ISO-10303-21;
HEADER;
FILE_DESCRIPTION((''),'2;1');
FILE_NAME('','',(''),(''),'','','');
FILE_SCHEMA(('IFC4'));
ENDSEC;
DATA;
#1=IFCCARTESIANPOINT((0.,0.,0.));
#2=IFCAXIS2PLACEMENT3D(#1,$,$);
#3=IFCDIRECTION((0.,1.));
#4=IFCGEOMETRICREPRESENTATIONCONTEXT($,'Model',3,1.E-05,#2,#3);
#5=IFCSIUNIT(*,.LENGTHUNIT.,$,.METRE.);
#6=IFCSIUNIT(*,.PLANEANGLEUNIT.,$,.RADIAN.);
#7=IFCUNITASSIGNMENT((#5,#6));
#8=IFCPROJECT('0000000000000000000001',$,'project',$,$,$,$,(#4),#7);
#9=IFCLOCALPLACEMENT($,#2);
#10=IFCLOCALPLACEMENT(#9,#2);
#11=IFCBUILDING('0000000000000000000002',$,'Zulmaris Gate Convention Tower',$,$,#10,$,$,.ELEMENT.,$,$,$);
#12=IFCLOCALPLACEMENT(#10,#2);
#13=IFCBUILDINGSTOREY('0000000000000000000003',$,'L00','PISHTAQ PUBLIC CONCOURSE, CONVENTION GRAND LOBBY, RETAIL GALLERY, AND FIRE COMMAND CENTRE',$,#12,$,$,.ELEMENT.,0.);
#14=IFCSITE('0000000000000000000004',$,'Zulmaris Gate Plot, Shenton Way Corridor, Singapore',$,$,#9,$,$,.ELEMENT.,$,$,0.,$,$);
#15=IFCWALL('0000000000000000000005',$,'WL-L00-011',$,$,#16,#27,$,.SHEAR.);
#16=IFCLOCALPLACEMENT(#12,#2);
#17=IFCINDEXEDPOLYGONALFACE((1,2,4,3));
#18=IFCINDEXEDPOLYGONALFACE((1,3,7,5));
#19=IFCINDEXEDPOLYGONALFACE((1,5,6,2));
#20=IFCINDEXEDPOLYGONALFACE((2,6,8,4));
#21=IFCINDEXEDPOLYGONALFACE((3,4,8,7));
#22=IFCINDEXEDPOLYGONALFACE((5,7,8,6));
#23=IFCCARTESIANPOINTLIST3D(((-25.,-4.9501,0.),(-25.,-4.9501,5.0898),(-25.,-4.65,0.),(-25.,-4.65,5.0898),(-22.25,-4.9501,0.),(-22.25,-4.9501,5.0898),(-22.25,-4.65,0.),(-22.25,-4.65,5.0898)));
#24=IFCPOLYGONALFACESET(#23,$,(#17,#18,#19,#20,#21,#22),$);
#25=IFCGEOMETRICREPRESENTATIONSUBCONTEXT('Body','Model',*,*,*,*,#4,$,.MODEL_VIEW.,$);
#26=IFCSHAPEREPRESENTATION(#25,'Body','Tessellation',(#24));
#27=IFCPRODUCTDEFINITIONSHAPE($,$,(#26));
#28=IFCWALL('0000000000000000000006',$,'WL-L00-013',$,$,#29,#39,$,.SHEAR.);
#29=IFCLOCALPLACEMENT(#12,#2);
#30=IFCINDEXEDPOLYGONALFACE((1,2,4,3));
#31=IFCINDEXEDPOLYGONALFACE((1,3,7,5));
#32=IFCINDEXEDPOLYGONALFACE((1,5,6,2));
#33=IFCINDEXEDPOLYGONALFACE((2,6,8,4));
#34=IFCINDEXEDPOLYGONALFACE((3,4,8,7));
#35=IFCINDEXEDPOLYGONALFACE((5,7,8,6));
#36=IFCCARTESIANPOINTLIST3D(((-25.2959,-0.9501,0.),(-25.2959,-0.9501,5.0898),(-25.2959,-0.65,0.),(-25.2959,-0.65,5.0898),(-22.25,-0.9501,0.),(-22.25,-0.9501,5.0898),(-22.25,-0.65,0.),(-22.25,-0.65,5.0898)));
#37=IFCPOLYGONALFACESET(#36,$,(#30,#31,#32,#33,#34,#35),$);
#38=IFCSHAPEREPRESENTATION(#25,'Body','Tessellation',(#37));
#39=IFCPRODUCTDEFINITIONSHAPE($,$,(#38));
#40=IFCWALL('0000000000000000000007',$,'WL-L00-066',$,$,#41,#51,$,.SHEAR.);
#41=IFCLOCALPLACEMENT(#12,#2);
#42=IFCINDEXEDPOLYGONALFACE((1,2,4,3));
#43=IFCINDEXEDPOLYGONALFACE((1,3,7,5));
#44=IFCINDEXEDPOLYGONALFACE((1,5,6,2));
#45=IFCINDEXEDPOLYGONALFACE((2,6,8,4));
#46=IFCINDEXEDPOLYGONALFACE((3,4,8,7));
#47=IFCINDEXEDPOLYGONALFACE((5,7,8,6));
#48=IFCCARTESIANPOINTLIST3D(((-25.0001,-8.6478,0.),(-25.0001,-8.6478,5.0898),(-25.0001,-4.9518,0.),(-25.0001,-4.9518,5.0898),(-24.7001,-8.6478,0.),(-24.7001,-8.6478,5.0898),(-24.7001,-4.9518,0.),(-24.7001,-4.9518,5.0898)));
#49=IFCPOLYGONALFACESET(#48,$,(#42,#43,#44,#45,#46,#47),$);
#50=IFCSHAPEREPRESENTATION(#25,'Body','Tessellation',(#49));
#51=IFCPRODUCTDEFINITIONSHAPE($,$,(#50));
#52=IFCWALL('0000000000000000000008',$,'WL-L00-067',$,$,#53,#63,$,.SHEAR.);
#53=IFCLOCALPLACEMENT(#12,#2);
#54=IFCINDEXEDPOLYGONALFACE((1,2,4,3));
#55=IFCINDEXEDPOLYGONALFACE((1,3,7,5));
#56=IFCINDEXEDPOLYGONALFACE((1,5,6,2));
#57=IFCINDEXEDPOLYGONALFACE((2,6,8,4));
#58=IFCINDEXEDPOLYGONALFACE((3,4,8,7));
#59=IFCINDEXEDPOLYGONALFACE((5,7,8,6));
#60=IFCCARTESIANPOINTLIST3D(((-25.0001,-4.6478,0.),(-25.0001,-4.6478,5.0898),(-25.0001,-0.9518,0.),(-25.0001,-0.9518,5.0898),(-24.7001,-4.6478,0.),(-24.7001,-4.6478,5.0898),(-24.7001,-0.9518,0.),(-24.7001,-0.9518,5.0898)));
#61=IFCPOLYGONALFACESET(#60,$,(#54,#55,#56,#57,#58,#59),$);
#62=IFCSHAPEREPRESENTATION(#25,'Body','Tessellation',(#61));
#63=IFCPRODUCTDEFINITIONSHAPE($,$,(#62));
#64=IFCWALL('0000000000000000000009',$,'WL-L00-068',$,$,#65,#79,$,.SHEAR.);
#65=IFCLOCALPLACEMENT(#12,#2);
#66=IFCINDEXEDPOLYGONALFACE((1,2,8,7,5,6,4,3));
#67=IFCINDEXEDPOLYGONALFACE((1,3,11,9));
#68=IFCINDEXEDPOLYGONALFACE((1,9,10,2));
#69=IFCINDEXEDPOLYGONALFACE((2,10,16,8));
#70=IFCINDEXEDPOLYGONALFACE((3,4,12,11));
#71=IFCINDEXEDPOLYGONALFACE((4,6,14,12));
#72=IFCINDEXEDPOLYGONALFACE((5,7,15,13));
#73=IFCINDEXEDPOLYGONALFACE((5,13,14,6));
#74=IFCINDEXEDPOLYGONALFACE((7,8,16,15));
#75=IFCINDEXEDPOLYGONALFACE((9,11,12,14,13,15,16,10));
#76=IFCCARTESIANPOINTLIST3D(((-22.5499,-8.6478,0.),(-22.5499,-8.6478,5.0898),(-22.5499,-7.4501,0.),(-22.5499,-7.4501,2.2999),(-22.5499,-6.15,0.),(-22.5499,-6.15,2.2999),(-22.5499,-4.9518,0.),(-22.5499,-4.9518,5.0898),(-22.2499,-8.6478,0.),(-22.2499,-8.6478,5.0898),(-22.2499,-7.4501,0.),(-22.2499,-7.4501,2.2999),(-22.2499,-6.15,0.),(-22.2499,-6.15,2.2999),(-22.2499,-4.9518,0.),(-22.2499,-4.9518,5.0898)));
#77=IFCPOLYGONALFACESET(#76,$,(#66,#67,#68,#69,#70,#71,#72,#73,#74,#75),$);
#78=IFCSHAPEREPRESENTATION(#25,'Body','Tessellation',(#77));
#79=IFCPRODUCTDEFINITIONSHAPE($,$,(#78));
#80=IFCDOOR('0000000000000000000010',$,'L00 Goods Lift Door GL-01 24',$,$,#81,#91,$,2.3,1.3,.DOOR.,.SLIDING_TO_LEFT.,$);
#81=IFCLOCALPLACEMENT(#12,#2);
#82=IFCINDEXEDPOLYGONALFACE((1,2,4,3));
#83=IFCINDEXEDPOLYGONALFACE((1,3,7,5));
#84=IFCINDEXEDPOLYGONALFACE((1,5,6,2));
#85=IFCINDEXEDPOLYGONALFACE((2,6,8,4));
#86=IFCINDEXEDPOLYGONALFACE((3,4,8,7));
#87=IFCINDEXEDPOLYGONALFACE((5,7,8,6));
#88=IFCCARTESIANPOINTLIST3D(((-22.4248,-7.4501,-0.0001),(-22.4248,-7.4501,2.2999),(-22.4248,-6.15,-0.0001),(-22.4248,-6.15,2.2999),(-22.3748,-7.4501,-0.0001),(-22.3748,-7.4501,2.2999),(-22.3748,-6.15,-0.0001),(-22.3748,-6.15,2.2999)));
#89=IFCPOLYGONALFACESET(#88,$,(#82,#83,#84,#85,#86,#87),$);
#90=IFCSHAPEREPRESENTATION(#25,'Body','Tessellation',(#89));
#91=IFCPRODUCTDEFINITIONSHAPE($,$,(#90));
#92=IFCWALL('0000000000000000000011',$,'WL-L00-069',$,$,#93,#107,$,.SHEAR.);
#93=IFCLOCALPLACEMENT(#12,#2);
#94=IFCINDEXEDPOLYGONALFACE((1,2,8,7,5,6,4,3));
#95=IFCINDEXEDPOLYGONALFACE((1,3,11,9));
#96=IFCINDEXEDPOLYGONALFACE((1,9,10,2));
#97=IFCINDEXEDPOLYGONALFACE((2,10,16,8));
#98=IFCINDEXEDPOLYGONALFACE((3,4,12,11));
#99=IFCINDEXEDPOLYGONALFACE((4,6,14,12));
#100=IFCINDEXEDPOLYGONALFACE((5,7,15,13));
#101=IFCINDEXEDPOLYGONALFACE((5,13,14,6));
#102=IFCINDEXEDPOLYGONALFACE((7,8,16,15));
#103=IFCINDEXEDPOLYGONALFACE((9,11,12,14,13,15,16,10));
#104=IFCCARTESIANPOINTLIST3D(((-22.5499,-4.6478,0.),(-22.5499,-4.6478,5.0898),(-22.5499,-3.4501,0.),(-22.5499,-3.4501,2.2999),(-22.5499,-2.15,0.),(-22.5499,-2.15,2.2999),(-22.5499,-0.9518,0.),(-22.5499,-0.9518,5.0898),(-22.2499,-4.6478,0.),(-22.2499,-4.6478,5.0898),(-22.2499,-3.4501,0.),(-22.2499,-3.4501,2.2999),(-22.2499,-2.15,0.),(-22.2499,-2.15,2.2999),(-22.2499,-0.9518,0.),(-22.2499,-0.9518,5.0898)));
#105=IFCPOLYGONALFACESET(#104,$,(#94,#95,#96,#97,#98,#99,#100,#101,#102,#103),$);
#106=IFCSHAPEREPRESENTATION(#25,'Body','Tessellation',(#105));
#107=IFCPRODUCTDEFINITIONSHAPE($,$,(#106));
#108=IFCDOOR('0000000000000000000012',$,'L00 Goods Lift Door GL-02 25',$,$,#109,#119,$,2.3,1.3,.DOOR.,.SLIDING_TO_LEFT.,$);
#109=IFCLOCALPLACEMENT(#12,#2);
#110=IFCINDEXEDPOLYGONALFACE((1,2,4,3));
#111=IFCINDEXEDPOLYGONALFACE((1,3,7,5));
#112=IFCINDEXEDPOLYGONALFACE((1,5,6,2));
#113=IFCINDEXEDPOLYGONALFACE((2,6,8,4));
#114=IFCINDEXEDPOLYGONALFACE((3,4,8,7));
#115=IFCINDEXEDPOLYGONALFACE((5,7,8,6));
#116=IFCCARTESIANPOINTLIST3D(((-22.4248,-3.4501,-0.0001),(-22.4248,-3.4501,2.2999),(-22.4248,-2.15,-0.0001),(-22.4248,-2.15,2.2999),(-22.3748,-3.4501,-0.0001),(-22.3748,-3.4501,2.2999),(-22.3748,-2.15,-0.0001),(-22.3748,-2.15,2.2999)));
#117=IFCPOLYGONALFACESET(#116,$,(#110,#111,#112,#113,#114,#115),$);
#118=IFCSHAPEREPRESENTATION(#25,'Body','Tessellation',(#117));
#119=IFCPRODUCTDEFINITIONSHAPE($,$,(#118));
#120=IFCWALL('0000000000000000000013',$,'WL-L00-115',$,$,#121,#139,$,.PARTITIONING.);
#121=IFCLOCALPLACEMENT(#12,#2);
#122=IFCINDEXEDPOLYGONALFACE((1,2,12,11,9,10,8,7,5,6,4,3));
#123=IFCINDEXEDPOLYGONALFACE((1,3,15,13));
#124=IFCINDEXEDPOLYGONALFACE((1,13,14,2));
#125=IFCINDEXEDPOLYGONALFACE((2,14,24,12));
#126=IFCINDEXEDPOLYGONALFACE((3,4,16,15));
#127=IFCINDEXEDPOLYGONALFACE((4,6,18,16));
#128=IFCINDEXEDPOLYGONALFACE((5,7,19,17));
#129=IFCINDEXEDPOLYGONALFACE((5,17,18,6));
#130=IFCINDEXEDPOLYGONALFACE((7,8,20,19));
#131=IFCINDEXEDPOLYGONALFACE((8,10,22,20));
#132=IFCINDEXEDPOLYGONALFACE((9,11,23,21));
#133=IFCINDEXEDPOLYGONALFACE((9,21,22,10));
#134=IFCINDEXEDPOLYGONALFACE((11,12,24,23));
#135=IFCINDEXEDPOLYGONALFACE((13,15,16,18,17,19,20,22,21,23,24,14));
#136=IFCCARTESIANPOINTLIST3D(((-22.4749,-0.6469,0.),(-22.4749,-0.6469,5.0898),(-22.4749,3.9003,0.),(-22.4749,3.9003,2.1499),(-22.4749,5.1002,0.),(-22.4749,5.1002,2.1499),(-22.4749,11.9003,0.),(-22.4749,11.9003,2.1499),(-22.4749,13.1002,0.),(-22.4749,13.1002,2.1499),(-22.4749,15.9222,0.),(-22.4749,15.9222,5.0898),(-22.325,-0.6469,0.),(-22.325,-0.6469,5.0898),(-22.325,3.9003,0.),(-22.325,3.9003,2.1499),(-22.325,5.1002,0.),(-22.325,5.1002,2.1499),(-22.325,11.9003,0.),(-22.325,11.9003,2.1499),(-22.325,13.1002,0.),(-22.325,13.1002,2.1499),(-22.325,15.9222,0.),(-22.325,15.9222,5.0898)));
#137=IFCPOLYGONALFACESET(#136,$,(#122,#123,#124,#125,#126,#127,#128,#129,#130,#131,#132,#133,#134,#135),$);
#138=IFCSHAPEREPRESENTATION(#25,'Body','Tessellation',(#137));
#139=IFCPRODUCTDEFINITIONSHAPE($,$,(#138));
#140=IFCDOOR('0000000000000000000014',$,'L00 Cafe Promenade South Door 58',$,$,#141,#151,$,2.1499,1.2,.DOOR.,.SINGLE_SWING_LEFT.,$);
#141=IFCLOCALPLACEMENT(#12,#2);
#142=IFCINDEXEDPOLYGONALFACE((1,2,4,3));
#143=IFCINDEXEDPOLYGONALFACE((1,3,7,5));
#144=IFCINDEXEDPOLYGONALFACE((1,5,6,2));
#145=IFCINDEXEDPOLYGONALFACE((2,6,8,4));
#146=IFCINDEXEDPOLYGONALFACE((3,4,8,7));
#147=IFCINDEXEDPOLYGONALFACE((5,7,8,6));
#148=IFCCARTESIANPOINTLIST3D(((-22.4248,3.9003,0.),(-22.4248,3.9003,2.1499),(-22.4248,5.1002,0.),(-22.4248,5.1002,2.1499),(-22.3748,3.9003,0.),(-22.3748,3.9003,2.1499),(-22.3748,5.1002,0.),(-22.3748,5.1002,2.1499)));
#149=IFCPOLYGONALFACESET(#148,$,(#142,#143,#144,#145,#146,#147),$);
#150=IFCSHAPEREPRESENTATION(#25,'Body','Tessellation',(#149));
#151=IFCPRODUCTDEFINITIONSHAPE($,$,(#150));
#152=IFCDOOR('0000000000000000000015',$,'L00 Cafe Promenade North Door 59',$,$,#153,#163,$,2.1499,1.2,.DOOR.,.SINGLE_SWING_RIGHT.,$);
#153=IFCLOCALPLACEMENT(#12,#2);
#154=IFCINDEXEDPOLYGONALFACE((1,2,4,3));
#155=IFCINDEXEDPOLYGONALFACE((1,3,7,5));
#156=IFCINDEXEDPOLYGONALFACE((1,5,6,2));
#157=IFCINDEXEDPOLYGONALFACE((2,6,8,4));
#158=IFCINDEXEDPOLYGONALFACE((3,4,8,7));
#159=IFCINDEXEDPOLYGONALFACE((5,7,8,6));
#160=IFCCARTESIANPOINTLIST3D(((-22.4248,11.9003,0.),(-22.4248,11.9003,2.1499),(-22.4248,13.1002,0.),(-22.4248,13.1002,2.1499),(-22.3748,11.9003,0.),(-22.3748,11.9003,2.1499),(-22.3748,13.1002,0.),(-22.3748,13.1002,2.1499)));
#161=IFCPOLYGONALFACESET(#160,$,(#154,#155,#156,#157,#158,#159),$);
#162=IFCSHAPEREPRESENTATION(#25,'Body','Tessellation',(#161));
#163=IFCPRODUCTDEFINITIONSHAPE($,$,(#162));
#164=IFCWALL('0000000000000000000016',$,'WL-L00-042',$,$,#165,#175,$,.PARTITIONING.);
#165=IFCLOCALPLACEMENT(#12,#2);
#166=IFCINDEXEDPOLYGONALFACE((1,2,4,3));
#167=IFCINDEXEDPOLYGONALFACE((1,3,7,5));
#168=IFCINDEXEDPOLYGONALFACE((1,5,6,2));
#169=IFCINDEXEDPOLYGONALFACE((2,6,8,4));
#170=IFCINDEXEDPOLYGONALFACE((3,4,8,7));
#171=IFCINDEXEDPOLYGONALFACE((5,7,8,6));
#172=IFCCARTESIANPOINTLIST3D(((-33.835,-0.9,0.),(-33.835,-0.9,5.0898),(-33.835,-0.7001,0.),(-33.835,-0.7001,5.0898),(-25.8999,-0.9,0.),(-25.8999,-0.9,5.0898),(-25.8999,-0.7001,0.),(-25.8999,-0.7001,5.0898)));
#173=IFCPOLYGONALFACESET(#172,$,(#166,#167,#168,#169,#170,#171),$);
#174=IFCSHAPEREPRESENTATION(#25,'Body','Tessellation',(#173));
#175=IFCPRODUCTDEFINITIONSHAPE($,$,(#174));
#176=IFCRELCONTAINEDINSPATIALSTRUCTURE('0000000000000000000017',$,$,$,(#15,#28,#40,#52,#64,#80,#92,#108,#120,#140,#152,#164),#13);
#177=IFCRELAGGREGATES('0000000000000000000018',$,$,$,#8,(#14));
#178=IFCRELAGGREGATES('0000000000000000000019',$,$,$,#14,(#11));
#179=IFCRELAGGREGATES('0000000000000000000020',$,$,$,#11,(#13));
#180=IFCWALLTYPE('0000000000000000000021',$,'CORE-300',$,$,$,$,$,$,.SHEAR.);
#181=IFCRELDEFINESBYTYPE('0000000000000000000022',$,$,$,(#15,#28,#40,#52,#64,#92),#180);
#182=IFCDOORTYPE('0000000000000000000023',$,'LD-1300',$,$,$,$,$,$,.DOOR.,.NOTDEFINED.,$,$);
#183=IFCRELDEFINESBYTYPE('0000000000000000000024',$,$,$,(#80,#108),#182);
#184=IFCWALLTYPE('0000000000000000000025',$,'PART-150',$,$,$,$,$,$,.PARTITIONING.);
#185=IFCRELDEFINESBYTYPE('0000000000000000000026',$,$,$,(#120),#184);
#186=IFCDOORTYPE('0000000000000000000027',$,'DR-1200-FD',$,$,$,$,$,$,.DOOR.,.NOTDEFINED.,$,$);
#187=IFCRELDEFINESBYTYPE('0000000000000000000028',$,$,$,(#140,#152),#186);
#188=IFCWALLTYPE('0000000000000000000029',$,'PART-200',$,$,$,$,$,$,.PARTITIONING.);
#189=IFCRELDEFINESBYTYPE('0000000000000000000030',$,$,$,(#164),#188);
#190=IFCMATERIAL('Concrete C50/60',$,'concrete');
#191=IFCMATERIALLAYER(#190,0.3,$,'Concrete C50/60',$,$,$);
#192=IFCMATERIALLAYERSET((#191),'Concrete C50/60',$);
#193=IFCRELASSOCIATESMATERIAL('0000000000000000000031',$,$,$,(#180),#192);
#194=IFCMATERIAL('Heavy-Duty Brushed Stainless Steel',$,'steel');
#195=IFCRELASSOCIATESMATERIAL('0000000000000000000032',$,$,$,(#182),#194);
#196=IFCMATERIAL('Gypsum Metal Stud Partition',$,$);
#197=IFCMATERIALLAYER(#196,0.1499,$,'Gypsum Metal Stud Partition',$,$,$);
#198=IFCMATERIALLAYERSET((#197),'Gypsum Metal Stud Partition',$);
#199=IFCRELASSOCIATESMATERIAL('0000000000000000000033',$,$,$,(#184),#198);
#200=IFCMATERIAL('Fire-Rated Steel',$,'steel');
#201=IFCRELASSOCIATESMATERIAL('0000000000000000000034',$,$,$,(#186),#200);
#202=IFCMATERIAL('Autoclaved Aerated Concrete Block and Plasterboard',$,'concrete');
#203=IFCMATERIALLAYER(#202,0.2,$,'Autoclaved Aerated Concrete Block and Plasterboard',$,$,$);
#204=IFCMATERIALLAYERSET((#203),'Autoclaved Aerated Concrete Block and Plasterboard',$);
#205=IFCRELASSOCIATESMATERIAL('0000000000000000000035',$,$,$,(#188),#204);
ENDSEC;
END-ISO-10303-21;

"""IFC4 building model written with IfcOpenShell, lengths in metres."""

from ifc_helpers import new_model, si_unit, direction, frame, frame_2d, origin, place, context, subcontext, project, spatial, rectangle, extrude, material, layer, layer_set, type_object, element, fill, save


model = new_model("IFC4")

# Units and contexts
model_context = context("Model", 3, precision=1e-05, world=origin(), true_north=direction((0.0, 1.0)))
body_context = subcontext(model_context, "Body", "Model", "MODEL_VIEW")
ifc_project = project(units=[si_unit("LENGTHUNIT", "METRE"), si_unit("PLANEANGLEUNIT", "RADIAN")], contexts=[model_context])

# Site, building, storey
site_placement = place(None, origin())
site = spatial("IfcSite", under=ifc_project, at=site_placement, Name="Zulmaris Gate Plot, Shenton Way Corridor, Singapore", CompositionType="ELEMENT", RefElevation=0.0)
building_placement = place(site_placement, origin())
building = spatial("IfcBuilding", under=site, at=building_placement, Name="Zulmaris Gate Convention Tower", CompositionType="ELEMENT")
storey_placement = place(building_placement, origin())
storey = spatial("IfcBuildingStorey", under=building, at=storey_placement, Name="L00", Description="PISHTAQ PUBLIC CONCOURSE, CONVENTION GRAND LOBBY, RETAIL GALLERY, AND FIRE COMMAND CENTRE", CompositionType="ELEMENT", Elevation=0.0)

# Walls
ifc_material_1 = material(Name="Concrete C50/60", Category="concrete")
ifc_layer_1 = layer(ifc_material_1, 0.3, Name="Concrete C50/60")
ifc_layer_set_1 = layer_set([ifc_layer_1], Name="Concrete C50/60")
wall_type_1 = type_object("IfcWallType", Name="CORE-300", PredefinedType="SHEAR", material=ifc_layer_set_1)
wall_1_placement = place(storey_placement, frame((-25.0, -4.8, 0.0), z_axis=(0.0, 0.0, 1.0), x_axis=(1.0, 0.0, 0.0)))
element("IfcWall", 1, at=wall_1_placement, inside=storey, type_object=wall_type_1, Name="WL-L00-011", PredefinedType="SHEAR", context=body_context, shape_type="SweptSolid", body=[
    extrude(rectangle(XDim=2.75, YDim=0.3, at=frame_2d((1.375, 0.0))), origin(), (0.0, 0.0, 1.0), 5.0898),
])
wall_2_placement = place(storey_placement, frame((-25.2959, -0.8, 0.0), z_axis=(0.0, 0.0, 1.0), x_axis=(1.0, 0.0, 0.0)))
element("IfcWall", 2, at=wall_2_placement, inside=storey, type_object=wall_type_1, Name="WL-L00-013", PredefinedType="SHEAR", context=body_context, shape_type="SweptSolid", body=[
    extrude(rectangle(XDim=3.0459, YDim=0.3, at=frame_2d((1.5229, 0.0))), origin(), (0.0, 0.0, 1.0), 5.0898),
])
for number, where, z_axis, x_axis, name in (
    (3, (-24.8501, -8.6479, 0.0), (0.0, 0.0, 1.0), (0.0, 1.0, 0.0), "WL-L00-066"),
    (4, (-24.8501, -4.6479, 0.0), (0.0, 0.0, 1.0), (0.0, 1.0, 0.0), "WL-L00-067"),
):
    element("IfcWall", number, at=place(storey_placement, frame(where, z_axis=z_axis, x_axis=x_axis)), inside=storey, type_object=wall_type_1, Name=name, PredefinedType="SHEAR", context=body_context, shape_type="SweptSolid", body=[
        extrude(rectangle(XDim=3.696, YDim=0.3, at=frame_2d((1.8481, 0.0))), origin(), (0.0, 0.0, 1.0), 5.0898),
    ])

# Walls, openings, doors
wall_3_placement = place(storey_placement, frame((-22.3999, -8.6479, 0.0), z_axis=(0.0, 0.0, 1.0), x_axis=(0.0, 1.0, 0.0)))
wall_3 = element("IfcWall", 5, at=wall_3_placement, inside=storey, type_object=wall_type_1, Name="WL-L00-068", PredefinedType="SHEAR", context=body_context, shape_type="SweptSolid", body=[
    extrude(rectangle(XDim=3.696, YDim=0.3, at=frame_2d((1.8481, 0.0))), origin(), (0.0, 0.0, 1.0), 5.0898),
])
opening_1_placement = place(wall_3_placement, frame((1.198, 0.0, 0.0)))
opening_1 = element("IfcOpeningElement", 6, at=opening_1_placement, cuts=wall_3, PredefinedType="OPENING", context=body_context, shape_type="SweptSolid", body=[
    extrude(rectangle(XDim=1.3, YDim=2.3, at=frame_2d((0.6499, 1.1499))), frame((0.0, 0.1602, 0.0), z_axis=(0.0, -1.0, 0.0), x_axis=(1.0, 0.0, 0.0)), (0.0, 0.0, 1.0), 0.3201),
])
ifc_material_2 = material(Name="Heavy-Duty Brushed Stainless Steel", Category="steel")
door_type_1 = type_object("IfcDoorType", Name="LD-1300", OperationType="NOTDEFINED", PredefinedType="DOOR", material=ifc_material_2)
door_1_placement = place(opening_1_placement, origin())
door_1 = element("IfcDoor", 7, at=door_1_placement, inside=storey, type_object=door_type_1, Name="L00 Goods Lift Door GL-01 24", OperationType="SLIDING_TO_LEFT", OverallHeight=2.3, OverallWidth=1.3, PredefinedType="DOOR", context=body_context, shape_type="SweptSolid", body=[
    extrude(rectangle(XDim=1.3, YDim=2.3, at=frame_2d((0.6499, 1.1499))), frame((0.0, 0.0249, 0.0), z_axis=(0.0, -1.0, 0.0), x_axis=(1.0, 0.0, 0.0)), (0.0, 0.0, 1.0), 0.05),
])
fill(opening_1, door_1)
wall_4_placement = place(storey_placement, frame((-22.3999, -4.6479, 0.0), z_axis=(0.0, 0.0, 1.0), x_axis=(0.0, 1.0, 0.0)))
wall_4 = element("IfcWall", 8, at=wall_4_placement, inside=storey, type_object=wall_type_1, Name="WL-L00-069", PredefinedType="SHEAR", context=body_context, shape_type="SweptSolid", body=[
    extrude(rectangle(XDim=3.696, YDim=0.3, at=frame_2d((1.8481, 0.0))), origin(), (0.0, 0.0, 1.0), 5.0898),
])
opening_2_placement = place(wall_4_placement, frame((1.198, 0.0, 0.0)))
opening_2 = element("IfcOpeningElement", 9, at=opening_2_placement, cuts=wall_4, PredefinedType="OPENING", context=body_context, shape_type="SweptSolid", body=[
    extrude(rectangle(XDim=1.3, YDim=2.3, at=frame_2d((0.6499, 1.1499))), frame((0.0, 0.1602, 0.0), z_axis=(0.0, -1.0, 0.0), x_axis=(1.0, 0.0, 0.0)), (0.0, 0.0, 1.0), 0.3201),
])
door_2_placement = place(opening_2_placement, origin())
door_2 = element("IfcDoor", 10, at=door_2_placement, inside=storey, type_object=door_type_1, Name="L00 Goods Lift Door GL-02 25", OperationType="SLIDING_TO_LEFT", OverallHeight=2.3, OverallWidth=1.3, PredefinedType="DOOR", context=body_context, shape_type="SweptSolid", body=[
    extrude(rectangle(XDim=1.3, YDim=2.3, at=frame_2d((0.6499, 1.1499))), frame((0.0, 0.0249, 0.0), z_axis=(0.0, -1.0, 0.0), x_axis=(1.0, 0.0, 0.0)), (0.0, 0.0, 1.0), 0.05),
])
fill(opening_2, door_2)

# Wall, openings, doors
ifc_material_3 = material(Name="Gypsum Metal Stud Partition")
ifc_layer_2 = layer(ifc_material_3, 0.1499, Name="Gypsum Metal Stud Partition")
ifc_layer_set_2 = layer_set([ifc_layer_2], Name="Gypsum Metal Stud Partition")
wall_type_2 = type_object("IfcWallType", Name="PART-150", PredefinedType="PARTITIONING", material=ifc_layer_set_2)
wall_5_placement = place(storey_placement, frame((-22.3999, -0.647, 0.0), z_axis=(0.0, 0.0, 1.0), x_axis=(0.0, 1.0, 0.0)))
wall_5 = element("IfcWall", 11, at=wall_5_placement, inside=storey, type_object=wall_type_2, Name="WL-L00-115", PredefinedType="PARTITIONING", context=body_context, shape_type="SweptSolid", body=[
    extrude(rectangle(XDim=16.5691, YDim=0.1499, at=frame_2d((8.2847, 0.0))), origin(), (0.0, 0.0, 1.0), 5.0898),
])
opening_3_placement = place(wall_5_placement, frame((4.5471, 0.0, 0.0)))
opening_3 = element("IfcOpeningElement", 12, at=opening_3_placement, cuts=wall_5, PredefinedType="OPENING", context=body_context, shape_type="SweptSolid", body=[
    extrude(rectangle(XDim=1.2, YDim=2.1499, at=frame_2d((0.6001, 1.075))), frame((0.0, 0.085, 0.0), z_axis=(0.0, -1.0, 0.0), x_axis=(1.0, 0.0, 0.0)), (0.0, 0.0, 1.0), 0.1699),
])
opening_4_placement = place(wall_5_placement, frame((12.5471, 0.0, 0.0)))
opening_4 = element("IfcOpeningElement", 13, at=opening_4_placement, cuts=wall_5, PredefinedType="OPENING", context=body_context, shape_type="SweptSolid", body=[
    extrude(rectangle(XDim=1.2, YDim=2.1499, at=frame_2d((0.6001, 1.075))), frame((0.0, 0.085, 0.0), z_axis=(0.0, -1.0, 0.0), x_axis=(1.0, 0.0, 0.0)), (0.0, 0.0, 1.0), 0.1699),
])
ifc_material_4 = material(Name="Fire-Rated Steel", Category="steel")
door_type_2 = type_object("IfcDoorType", Name="DR-1200-FD", OperationType="NOTDEFINED", PredefinedType="DOOR", material=ifc_material_4)
door_3_placement = place(opening_3_placement, origin())
door_3 = element("IfcDoor", 14, at=door_3_placement, inside=storey, type_object=door_type_2, Name="L00 Cafe Promenade South Door 58", OperationType="SINGLE_SWING_LEFT", OverallHeight=2.1499, OverallWidth=1.2, PredefinedType="DOOR", context=body_context, shape_type="SweptSolid", body=[
    extrude(rectangle(XDim=1.2, YDim=2.1499, at=frame_2d((0.6001, 1.075))), frame((0.0, 0.0249, 0.0), z_axis=(0.0, -1.0, 0.0), x_axis=(1.0, 0.0, 0.0)), (0.0, 0.0, 1.0), 0.05),
])
fill(opening_3, door_3)
door_4_placement = place(opening_4_placement, origin())
door_4 = element("IfcDoor", 15, at=door_4_placement, inside=storey, type_object=door_type_2, Name="L00 Cafe Promenade North Door 59", OperationType="SINGLE_SWING_RIGHT", OverallHeight=2.1499, OverallWidth=1.2, PredefinedType="DOOR", context=body_context, shape_type="SweptSolid", body=[
    extrude(rectangle(XDim=1.2, YDim=2.1499, at=frame_2d((0.6001, 1.075))), frame((0.0, 0.0249, 0.0), z_axis=(0.0, -1.0, 0.0), x_axis=(1.0, 0.0, 0.0)), (0.0, 0.0, 1.0), 0.05),
])
fill(opening_4, door_4)

# Wall
ifc_material_5 = material(Name="Autoclaved Aerated Concrete Block and Plasterboard", Category="concrete")
ifc_layer_3 = layer(ifc_material_5, 0.2, Name="Autoclaved Aerated Concrete Block and Plasterboard")
ifc_layer_set_3 = layer_set([ifc_layer_3], Name="Autoclaved Aerated Concrete Block and Plasterboard")
wall_type_3 = type_object("IfcWallType", Name="PART-200", PredefinedType="PARTITIONING", material=ifc_layer_set_3)
wall_6_placement = place(storey_placement, frame((-33.835, -0.8, 0.0), z_axis=(0.0, 0.0, 1.0), x_axis=(1.0, 0.0, 0.0)))
element("IfcWall", 16, at=wall_6_placement, inside=storey, type_object=wall_type_3, Name="WL-L00-042", PredefinedType="PARTITIONING", context=body_context, shape_type="SweptSolid", body=[
    extrude(rectangle(XDim=7.9351, YDim=0.2, at=frame_2d((3.9675, 0.0))), origin(), (0.0, 0.0, 1.0), 5.0898),
])

save(model, "model.ifc")
